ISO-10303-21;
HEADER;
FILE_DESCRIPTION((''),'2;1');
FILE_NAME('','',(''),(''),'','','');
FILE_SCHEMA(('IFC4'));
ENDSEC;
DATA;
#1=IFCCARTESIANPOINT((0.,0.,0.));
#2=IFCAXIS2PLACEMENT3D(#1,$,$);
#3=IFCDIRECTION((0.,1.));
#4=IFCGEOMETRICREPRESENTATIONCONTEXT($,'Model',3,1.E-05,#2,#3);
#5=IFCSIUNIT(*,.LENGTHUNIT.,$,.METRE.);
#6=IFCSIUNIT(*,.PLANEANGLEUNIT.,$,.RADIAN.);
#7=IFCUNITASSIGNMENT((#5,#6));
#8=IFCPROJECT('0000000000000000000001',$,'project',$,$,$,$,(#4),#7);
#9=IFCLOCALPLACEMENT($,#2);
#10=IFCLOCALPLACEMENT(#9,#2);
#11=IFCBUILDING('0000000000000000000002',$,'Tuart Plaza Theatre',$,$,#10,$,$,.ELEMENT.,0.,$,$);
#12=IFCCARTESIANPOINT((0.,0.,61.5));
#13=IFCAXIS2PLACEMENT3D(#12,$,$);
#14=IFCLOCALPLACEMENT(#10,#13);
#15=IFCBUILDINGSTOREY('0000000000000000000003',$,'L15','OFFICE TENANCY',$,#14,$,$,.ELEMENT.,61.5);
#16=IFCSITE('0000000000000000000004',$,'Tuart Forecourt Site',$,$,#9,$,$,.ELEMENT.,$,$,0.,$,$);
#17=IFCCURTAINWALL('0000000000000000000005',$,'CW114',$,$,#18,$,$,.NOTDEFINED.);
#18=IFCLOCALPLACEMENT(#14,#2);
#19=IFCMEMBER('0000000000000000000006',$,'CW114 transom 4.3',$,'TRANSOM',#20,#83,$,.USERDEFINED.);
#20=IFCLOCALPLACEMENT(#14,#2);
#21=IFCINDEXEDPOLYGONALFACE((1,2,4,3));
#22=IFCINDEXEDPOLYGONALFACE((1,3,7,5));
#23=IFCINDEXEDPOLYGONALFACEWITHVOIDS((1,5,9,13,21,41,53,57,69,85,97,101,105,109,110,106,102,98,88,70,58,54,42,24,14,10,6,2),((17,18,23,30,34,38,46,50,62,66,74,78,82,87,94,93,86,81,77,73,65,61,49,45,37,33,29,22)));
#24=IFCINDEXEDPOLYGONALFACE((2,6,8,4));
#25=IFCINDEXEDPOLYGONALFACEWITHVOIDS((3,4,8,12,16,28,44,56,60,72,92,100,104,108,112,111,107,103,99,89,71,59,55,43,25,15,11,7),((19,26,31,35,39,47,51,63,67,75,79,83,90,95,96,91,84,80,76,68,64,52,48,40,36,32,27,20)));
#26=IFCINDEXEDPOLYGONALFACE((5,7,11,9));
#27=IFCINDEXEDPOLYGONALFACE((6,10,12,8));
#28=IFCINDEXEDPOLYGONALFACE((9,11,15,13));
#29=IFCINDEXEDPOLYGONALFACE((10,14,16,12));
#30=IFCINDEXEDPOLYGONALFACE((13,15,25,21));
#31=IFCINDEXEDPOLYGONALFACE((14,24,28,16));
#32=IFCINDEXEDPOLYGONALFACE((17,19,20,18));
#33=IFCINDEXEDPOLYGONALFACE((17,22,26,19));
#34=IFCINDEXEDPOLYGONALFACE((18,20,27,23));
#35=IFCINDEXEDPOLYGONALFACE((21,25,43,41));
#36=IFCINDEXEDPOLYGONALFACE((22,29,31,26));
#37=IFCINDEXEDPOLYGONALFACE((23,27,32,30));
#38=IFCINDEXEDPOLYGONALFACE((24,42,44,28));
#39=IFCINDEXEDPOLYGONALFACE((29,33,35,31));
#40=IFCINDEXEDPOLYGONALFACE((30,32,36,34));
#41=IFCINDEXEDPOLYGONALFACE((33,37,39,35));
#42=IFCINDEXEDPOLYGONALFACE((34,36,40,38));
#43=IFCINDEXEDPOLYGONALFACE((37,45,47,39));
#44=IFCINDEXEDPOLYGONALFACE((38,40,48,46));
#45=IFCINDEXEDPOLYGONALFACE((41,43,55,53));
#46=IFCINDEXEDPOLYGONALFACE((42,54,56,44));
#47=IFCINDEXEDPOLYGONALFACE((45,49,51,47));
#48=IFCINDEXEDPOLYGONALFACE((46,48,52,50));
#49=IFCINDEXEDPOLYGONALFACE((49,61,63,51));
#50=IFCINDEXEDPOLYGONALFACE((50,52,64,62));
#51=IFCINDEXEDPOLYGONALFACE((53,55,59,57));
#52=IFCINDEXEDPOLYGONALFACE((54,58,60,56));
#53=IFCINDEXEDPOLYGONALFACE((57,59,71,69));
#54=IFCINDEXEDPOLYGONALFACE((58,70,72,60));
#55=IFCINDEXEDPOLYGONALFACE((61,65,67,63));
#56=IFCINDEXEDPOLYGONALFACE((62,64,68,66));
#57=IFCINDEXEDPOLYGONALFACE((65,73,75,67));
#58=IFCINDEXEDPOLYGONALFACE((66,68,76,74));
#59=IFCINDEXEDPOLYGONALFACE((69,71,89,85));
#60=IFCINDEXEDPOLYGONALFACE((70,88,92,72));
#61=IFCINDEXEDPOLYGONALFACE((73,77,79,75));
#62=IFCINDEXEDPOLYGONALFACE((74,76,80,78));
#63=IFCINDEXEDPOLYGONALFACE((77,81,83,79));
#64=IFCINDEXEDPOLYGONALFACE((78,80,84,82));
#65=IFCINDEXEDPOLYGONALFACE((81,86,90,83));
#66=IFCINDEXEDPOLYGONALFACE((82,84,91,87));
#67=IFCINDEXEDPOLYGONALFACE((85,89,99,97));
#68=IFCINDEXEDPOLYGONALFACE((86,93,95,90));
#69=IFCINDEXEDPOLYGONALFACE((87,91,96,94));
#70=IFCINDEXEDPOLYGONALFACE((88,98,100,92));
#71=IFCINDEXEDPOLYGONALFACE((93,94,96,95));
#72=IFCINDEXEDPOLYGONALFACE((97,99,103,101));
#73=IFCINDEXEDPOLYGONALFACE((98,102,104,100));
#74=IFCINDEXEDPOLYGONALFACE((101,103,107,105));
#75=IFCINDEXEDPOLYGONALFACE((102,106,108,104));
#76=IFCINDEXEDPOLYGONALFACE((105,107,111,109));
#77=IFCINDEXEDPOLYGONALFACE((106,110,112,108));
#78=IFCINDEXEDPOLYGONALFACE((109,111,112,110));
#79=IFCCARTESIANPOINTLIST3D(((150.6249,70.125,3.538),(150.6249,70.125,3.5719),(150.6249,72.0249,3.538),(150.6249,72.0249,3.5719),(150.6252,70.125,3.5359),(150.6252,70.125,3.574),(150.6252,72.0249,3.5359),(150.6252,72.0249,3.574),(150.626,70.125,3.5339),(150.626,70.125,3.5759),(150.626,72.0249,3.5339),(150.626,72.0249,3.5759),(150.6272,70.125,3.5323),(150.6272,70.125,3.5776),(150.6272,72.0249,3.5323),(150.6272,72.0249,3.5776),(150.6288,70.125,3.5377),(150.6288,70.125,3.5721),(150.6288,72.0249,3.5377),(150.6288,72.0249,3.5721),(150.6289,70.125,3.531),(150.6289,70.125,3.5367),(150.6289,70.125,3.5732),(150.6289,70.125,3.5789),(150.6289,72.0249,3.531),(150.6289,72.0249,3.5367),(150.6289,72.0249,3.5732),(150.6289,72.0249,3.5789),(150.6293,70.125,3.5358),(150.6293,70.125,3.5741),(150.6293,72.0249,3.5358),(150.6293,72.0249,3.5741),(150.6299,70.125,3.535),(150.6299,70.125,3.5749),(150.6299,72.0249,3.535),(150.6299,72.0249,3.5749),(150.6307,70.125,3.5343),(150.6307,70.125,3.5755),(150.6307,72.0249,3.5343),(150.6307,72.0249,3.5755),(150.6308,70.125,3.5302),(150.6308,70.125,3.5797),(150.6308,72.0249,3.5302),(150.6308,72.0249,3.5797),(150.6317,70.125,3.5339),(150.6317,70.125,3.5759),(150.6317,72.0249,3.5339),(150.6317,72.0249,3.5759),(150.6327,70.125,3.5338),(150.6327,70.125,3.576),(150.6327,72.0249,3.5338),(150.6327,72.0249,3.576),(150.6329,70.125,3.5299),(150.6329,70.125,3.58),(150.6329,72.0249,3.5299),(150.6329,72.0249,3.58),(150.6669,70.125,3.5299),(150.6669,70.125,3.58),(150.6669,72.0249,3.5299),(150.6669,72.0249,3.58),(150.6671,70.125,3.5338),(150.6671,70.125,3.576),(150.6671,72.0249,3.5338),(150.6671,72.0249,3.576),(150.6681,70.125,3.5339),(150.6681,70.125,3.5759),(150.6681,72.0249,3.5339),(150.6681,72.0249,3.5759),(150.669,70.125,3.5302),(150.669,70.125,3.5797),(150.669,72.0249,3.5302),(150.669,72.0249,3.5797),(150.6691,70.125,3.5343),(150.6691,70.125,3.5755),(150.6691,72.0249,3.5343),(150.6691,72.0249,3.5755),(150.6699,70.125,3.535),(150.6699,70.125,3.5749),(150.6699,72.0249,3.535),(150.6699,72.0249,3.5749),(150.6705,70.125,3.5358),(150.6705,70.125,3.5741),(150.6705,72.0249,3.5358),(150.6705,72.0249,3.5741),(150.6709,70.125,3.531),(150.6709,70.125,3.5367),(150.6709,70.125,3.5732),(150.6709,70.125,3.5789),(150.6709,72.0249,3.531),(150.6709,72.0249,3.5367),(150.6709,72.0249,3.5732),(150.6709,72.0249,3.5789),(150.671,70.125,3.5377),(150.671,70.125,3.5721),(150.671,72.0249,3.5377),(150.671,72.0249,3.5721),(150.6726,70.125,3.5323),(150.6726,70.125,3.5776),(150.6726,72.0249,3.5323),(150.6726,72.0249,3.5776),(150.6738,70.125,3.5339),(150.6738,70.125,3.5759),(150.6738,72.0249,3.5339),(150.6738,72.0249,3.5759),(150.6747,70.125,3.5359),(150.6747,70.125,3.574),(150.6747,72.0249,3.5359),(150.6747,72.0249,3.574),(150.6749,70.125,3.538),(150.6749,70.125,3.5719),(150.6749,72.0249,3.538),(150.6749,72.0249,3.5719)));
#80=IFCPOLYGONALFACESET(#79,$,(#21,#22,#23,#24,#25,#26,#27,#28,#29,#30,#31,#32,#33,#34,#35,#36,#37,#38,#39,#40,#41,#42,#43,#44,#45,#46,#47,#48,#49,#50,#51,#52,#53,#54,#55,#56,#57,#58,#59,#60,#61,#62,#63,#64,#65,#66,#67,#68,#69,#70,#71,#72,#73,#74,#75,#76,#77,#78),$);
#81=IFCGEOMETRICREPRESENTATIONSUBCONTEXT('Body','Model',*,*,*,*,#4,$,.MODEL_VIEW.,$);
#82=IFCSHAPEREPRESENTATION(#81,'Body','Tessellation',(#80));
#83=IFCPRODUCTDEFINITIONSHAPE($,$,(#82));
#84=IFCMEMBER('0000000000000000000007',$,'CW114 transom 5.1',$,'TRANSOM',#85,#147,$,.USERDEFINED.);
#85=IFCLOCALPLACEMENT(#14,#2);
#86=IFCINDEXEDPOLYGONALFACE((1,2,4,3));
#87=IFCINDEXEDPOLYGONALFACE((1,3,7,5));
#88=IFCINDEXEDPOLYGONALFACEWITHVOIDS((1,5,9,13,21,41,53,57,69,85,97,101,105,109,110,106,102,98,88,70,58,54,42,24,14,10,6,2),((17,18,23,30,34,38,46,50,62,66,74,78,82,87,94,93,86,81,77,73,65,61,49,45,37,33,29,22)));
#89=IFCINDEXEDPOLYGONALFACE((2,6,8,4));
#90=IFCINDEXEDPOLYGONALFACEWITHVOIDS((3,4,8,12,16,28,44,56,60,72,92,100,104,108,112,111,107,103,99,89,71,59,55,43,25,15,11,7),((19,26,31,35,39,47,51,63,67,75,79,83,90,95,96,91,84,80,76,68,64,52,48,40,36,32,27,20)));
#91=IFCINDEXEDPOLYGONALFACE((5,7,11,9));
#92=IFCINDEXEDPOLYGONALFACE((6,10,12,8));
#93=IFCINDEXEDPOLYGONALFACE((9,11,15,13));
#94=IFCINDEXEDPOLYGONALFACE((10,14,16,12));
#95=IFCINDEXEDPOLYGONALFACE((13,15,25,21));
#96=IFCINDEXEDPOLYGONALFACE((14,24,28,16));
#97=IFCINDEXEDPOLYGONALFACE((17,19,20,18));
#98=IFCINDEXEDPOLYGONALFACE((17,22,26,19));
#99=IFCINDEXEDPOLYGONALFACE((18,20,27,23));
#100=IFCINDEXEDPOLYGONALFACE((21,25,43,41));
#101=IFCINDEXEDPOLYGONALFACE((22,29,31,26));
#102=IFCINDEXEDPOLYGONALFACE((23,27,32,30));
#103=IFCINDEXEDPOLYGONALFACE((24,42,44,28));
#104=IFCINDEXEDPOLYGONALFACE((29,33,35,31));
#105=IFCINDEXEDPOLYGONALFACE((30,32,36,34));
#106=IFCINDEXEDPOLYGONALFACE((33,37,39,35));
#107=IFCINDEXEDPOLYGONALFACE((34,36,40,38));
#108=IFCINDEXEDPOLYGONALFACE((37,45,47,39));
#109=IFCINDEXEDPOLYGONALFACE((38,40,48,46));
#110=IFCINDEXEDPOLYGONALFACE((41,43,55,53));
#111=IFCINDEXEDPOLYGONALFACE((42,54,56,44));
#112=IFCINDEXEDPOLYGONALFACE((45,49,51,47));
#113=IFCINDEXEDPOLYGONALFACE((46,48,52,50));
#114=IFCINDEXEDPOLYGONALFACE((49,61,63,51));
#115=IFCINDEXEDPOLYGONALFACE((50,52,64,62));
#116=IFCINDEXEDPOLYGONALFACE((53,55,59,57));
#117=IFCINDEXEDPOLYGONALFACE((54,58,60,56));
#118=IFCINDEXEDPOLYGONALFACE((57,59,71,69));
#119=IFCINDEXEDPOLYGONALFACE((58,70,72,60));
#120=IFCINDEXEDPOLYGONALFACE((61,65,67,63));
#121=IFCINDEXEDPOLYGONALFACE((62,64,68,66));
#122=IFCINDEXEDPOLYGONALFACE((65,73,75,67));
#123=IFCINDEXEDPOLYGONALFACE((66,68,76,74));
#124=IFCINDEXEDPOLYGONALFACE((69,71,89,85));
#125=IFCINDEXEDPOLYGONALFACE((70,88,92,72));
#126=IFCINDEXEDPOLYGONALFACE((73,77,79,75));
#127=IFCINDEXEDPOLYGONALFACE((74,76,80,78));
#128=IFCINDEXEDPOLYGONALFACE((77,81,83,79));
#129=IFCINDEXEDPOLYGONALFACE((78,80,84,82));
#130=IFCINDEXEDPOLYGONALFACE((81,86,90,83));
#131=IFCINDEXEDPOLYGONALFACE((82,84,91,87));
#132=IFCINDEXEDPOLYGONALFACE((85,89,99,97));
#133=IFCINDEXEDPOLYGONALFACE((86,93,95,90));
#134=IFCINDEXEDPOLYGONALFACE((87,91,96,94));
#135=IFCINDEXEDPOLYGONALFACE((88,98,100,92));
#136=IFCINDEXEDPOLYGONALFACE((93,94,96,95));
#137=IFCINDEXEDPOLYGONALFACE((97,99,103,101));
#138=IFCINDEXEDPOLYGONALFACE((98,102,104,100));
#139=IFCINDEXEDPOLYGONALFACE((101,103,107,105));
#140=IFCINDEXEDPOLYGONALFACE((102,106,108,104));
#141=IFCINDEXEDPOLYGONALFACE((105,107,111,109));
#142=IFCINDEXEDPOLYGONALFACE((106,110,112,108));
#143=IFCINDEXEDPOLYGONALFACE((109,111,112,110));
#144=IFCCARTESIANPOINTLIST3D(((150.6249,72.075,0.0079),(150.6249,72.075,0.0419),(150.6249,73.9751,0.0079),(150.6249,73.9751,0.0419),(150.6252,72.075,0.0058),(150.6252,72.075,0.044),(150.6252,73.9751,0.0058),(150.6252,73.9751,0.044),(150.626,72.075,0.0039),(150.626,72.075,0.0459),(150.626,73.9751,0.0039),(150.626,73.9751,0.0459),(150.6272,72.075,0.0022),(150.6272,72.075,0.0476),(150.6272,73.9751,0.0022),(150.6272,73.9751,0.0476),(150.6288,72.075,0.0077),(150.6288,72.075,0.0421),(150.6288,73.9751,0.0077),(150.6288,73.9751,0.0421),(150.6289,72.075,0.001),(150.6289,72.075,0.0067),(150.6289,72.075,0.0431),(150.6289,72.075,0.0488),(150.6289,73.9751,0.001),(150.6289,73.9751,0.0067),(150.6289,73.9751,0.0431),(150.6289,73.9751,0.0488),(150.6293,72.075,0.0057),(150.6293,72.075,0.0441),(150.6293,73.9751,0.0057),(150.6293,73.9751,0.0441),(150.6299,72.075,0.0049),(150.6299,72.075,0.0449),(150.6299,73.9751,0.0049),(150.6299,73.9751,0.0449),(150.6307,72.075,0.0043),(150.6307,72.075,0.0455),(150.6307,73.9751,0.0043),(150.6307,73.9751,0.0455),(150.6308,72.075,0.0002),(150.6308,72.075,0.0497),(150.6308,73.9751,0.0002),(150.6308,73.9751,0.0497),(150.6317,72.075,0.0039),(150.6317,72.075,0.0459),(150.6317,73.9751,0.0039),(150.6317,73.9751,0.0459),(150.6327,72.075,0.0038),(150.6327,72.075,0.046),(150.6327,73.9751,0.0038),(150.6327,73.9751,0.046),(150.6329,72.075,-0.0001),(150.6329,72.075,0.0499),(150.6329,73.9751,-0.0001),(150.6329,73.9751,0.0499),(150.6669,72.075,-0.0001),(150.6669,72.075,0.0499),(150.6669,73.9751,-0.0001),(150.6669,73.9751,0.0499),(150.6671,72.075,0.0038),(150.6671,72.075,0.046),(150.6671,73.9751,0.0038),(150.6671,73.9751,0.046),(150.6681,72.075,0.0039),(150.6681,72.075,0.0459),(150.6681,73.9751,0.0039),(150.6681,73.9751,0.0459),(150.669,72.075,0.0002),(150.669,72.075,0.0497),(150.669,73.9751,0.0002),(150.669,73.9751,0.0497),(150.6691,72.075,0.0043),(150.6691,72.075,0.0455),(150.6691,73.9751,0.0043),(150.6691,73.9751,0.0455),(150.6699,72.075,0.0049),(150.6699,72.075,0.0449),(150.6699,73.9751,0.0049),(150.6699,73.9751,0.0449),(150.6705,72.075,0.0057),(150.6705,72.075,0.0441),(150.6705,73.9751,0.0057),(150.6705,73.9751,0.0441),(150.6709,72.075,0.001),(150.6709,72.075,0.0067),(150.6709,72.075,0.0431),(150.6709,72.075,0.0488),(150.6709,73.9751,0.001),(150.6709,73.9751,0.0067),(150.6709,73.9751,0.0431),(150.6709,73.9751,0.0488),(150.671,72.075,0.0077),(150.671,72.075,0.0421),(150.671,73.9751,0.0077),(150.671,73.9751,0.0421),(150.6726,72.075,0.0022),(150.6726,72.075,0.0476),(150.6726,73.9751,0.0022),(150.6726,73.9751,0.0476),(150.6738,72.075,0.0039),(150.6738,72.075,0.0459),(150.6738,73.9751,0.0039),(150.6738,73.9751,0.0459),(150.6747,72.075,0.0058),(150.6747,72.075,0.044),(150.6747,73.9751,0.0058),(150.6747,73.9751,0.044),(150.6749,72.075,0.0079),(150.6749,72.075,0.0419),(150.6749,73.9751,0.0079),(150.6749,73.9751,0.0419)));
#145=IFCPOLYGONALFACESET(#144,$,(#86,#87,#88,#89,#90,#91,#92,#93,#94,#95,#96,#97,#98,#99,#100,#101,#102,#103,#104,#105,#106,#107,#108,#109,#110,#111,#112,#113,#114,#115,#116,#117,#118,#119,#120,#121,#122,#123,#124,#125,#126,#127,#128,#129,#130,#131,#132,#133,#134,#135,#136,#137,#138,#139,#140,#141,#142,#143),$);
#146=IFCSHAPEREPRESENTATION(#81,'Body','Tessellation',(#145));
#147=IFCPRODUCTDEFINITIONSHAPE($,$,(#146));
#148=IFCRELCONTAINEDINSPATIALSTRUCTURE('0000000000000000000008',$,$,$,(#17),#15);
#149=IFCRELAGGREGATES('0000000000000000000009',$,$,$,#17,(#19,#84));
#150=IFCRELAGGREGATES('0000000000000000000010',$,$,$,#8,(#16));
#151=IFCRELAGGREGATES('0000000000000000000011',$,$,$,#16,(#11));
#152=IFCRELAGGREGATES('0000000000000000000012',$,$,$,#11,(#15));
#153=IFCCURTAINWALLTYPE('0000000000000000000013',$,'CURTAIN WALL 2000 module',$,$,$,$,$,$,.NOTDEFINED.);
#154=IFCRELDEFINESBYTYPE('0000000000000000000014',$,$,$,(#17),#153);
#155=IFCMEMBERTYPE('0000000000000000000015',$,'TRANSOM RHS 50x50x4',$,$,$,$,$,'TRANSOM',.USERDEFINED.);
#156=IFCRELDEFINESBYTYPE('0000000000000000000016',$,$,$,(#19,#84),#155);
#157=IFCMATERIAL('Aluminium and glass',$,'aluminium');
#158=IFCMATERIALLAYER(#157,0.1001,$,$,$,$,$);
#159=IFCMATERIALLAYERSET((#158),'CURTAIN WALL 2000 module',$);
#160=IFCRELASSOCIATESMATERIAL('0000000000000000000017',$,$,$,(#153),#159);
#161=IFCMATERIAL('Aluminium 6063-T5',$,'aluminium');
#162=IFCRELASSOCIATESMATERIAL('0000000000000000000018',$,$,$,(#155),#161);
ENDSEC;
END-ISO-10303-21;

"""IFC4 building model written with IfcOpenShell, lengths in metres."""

from ifc_helpers import new_model, si_unit, direction, frame, origin, origin_2d, place, context, subcontext, project, spatial, hollow_rectangle, extrude, material, layer, layer_set, material_profile, profile_set, type_object, element, aggregate, save


model = new_model("IFC4")

# Units and contexts
model_context = context("Model", 3, precision=1e-05, world=origin(), true_north=direction((0.0, 1.0)))
body_context = subcontext(model_context, "Body", "Model", "MODEL_VIEW")
ifc_project = project(units=[si_unit("LENGTHUNIT", "METRE"), si_unit("PLANEANGLEUNIT", "RADIAN")], contexts=[model_context])

# Site, building, storey
site_placement = place(None, origin())
site = spatial("IfcSite", under=ifc_project, at=site_placement, Name="Tuart Forecourt Site", CompositionType="ELEMENT", RefElevation=0.0)
building_placement = place(site_placement, origin())
building = spatial("IfcBuilding", under=site, at=building_placement, Name="Tuart Plaza Theatre", CompositionType="ELEMENT", ElevationOfRefHeight=0.0)
storey_placement = place(building_placement, frame((0.0, 0.0, 61.5)))
storey = spatial("IfcBuildingStorey", under=building, at=storey_placement, Name="L15", Description="OFFICE TENANCY", CompositionType="ELEMENT", Elevation=61.5)

# Curtain wall, members
ifc_material_1 = material(Name="Aluminium and glass", Category="aluminium")
ifc_layer_1 = layer(ifc_material_1, 0.1001)
ifc_layer_set_1 = layer_set([ifc_layer_1], Name="CURTAIN WALL 2000 module")
curtain_wall_type = type_object("IfcCurtainWallType", Name="CURTAIN WALL 2000 module", PredefinedType="NOTDEFINED", material=ifc_layer_set_1)
curtain_wall_placement = place(storey_placement, origin())
curtain_wall = element("IfcCurtainWall", 1, at=curtain_wall_placement, inside=storey, type_object=curtain_wall_type, Name="CW114", PredefinedType="NOTDEFINED")
ifc_material_2 = material(Name="Aluminium 6063-T5", Category="aluminium")
ifc_material_profile_1 = material_profile(ifc_material_2, hollow_rectangle(XDim=0.05, YDim=0.05, WallThickness=0.0039, InnerFilletRadius=0.0039, OuterFilletRadius=0.0081, at=origin_2d()), Name="RHS 50x50x4")
ifc_profile_set_1 = profile_set([ifc_material_profile_1], Name="Aluminium 6063-T5")
member_type_1 = type_object("IfcMemberType", Name="TRANSOM RHS 50x50x4", ElementType="TRANSOM", PredefinedType="USERDEFINED", material=ifc_profile_set_1)
member_1_placement = place(storey_placement, frame((150.6499, 70.125, 3.5549), z_axis=(0.0, 1.0, 0.0), x_axis=(-1.0, 0.0, 0.0)))
member_1 = element("IfcMember", 2, at=member_1_placement, type_object=member_type_1, Name="CW114 transom 4.3", ObjectType="TRANSOM", PredefinedType="USERDEFINED", context=body_context, shape_type="SweptSolid", body=[
    extrude(hollow_rectangle(XDim=0.05, YDim=0.05, WallThickness=0.0039, InnerFilletRadius=0.0039, OuterFilletRadius=0.0081, at=origin_2d()), origin(), (0.0, 0.0, 1.0), 1.8999),
])
member_2_placement = place(storey_placement, frame((150.6499, 72.075, 0.0249), z_axis=(0.0, 1.0, 0.0), x_axis=(-1.0, 0.0, 0.0)))
member_2 = element("IfcMember", 3, at=member_2_placement, type_object=member_type_1, Name="CW114 transom 5.1", ObjectType="TRANSOM", PredefinedType="USERDEFINED", context=body_context, shape_type="SweptSolid", body=[
    extrude(hollow_rectangle(XDim=0.05, YDim=0.05, WallThickness=0.0039, InnerFilletRadius=0.0039, OuterFilletRadius=0.0081, at=origin_2d()), origin(), (0.0, 0.0, 1.0), 1.9001),
])
aggregate(curtain_wall, [member_1, member_2])

save(model, "model.ifc")
